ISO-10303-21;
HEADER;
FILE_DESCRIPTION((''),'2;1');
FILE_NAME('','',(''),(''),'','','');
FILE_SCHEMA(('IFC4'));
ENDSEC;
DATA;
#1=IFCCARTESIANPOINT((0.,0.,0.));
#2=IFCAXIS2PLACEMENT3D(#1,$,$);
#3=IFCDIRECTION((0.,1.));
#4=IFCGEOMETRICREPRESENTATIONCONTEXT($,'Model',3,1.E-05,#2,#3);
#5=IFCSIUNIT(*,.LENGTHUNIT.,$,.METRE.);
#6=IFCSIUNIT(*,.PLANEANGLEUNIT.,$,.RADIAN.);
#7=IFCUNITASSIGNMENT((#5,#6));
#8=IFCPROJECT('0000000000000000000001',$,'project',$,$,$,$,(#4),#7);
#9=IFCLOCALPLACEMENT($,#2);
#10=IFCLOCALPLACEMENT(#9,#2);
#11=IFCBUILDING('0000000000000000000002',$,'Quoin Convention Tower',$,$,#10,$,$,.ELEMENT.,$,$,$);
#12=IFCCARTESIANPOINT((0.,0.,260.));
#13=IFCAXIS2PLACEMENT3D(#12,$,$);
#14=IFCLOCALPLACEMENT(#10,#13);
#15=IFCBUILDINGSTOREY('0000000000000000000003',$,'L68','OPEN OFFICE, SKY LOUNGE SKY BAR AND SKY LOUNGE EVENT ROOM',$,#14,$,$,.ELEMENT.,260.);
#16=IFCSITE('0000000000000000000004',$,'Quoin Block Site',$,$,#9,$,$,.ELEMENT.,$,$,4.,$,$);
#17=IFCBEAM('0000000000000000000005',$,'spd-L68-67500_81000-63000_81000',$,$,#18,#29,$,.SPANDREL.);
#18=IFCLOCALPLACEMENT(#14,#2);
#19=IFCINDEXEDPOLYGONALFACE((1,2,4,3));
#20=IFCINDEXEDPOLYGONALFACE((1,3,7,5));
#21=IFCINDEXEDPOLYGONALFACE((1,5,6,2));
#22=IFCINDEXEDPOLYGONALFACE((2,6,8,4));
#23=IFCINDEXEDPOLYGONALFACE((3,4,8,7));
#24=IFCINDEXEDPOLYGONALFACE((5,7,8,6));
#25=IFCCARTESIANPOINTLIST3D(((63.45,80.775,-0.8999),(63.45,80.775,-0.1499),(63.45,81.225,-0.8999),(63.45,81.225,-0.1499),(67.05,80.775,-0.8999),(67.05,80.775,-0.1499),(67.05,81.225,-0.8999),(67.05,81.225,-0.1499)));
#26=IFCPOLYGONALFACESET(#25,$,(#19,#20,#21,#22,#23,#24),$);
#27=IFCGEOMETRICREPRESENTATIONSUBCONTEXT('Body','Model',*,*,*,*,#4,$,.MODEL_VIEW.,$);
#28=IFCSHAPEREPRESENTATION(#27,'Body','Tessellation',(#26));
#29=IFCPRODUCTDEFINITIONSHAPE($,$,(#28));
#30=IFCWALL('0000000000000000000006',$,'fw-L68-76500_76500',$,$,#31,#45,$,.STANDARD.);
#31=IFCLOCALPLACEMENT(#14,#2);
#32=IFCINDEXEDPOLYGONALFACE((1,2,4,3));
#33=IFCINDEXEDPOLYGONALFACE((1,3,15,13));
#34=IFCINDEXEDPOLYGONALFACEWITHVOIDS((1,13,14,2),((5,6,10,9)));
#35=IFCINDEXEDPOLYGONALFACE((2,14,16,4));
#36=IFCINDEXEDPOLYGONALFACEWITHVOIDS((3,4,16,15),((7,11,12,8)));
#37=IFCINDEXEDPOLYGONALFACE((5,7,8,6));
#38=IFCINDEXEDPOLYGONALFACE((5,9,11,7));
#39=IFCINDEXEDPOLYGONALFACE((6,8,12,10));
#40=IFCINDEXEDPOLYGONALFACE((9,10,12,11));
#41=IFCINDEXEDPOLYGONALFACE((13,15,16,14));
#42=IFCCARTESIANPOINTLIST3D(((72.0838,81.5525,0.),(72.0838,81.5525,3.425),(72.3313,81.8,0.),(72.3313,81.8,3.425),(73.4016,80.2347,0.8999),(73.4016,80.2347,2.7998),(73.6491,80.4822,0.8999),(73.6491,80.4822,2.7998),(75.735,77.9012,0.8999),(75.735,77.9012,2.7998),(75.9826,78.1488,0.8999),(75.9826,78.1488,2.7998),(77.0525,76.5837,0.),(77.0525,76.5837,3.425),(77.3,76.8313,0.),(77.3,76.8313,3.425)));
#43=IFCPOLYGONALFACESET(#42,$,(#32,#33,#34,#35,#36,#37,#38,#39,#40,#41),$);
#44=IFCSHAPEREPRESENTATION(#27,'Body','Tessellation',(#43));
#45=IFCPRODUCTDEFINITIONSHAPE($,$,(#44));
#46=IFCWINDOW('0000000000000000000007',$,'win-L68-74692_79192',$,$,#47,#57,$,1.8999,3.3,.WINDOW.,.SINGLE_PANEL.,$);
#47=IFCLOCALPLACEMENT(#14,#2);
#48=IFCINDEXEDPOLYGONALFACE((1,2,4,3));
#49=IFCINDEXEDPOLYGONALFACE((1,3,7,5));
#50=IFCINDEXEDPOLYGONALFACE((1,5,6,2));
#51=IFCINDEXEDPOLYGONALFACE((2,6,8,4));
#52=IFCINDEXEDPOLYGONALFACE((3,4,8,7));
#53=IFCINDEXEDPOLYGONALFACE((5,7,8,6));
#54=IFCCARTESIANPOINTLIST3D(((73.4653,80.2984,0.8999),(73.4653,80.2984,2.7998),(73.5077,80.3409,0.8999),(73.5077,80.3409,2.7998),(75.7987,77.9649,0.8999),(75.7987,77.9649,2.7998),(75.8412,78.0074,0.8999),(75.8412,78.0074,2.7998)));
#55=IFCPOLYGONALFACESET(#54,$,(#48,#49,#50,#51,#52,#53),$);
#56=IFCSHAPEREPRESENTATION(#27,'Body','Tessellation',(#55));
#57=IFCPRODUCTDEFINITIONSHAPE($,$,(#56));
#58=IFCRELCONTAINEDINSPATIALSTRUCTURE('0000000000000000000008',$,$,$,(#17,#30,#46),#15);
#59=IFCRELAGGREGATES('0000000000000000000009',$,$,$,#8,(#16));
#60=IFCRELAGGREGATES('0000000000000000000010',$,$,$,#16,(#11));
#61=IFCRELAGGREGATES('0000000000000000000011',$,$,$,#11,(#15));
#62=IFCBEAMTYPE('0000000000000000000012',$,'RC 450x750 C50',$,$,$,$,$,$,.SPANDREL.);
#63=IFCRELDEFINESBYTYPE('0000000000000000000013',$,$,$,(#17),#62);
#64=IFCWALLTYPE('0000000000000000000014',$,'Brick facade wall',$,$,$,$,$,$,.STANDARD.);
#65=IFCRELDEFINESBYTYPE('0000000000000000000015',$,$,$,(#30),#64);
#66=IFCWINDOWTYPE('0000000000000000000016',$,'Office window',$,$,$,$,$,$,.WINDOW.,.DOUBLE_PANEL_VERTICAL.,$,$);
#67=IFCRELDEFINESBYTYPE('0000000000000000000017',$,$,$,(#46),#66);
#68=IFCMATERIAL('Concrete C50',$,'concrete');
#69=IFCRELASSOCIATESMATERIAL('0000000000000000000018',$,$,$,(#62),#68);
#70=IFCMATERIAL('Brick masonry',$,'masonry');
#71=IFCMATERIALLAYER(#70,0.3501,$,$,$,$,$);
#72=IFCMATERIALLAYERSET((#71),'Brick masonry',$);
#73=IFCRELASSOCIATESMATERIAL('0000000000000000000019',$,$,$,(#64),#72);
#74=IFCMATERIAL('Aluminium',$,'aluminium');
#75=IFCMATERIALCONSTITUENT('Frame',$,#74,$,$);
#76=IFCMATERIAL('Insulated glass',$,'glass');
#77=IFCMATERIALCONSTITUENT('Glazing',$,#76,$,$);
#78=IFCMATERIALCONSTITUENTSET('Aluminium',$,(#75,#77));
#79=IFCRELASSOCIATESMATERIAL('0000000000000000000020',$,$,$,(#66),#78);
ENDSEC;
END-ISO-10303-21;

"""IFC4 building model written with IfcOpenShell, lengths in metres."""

from ifc_helpers import new_model, si_unit, direction, frame, frame_2d, origin, origin_2d, place, context, subcontext, project, spatial, rectangle, extrude, material, layer, layer_set, constituent, constituent_set, material_profile, profile_set, type_object, element, fill, save


model = new_model("IFC4")

# Units and contexts
model_context = context("Model", 3, precision=1e-05, world=origin(), true_north=direction((0.0, 1.0)))
body_context = subcontext(model_context, "Body", "Model", "MODEL_VIEW")
ifc_project = project(units=[si_unit("LENGTHUNIT", "METRE"), si_unit("PLANEANGLEUNIT", "RADIAN")], contexts=[model_context])

# Site, building, storey
site_placement = place(None, origin())
site = spatial("IfcSite", under=ifc_project, at=site_placement, Name="Quoin Block Site", CompositionType="ELEMENT", RefElevation=4.0)
building_placement = place(site_placement, origin())
building = spatial("IfcBuilding", under=site, at=building_placement, Name="Quoin Convention Tower", CompositionType="ELEMENT")
storey_placement = place(building_placement, frame((0.0, 0.0, 260.0)))
storey = spatial("IfcBuildingStorey", under=building, at=storey_placement, Name="L68", Description="OPEN OFFICE, SKY LOUNGE SKY BAR AND SKY LOUNGE EVENT ROOM", CompositionType="ELEMENT", Elevation=260.0)

# Shared definitions
ifc_material_1 = material(Name="Concrete C50", Category="concrete")

# Beam
ifc_material_profile_1 = material_profile(ifc_material_1, rectangle(XDim=0.45, YDim=0.75, at=origin_2d()), Name="RC 450x750")
ifc_profile_set_1 = profile_set([ifc_material_profile_1], Name="Concrete C50")
beam_type_1 = type_object("IfcBeamType", Name="RC 450x750 C50", PredefinedType="SPANDREL", material=ifc_profile_set_1)
for number, where, z_axis, x_axis, name in (
    (1, (67.05, 81.0, -0.5249), (-1.0, 0.0, 0.0), (0.0, -1.0, 0.0), "spd-L68-67500_81000-63000_81000"),
):
    element("IfcBeam", number, at=place(storey_placement, frame(where, z_axis=z_axis, x_axis=x_axis)), inside=storey, type_object=beam_type_1, Name=name, PredefinedType="SPANDREL", context=body_context, shape_type="SweptSolid", body=[
        extrude(rectangle(XDim=0.45, YDim=0.75, at=origin_2d()), origin(), (0.0, 0.0, 1.0), 3.6001),
    ])

# Wall, opening, window
ifc_material_2 = material(Name="Brick masonry", Category="masonry")
ifc_layer_1 = layer(ifc_material_2, 0.3501)
ifc_layer_set_1 = layer_set([ifc_layer_1], Name="Brick masonry")
wall_type_1 = type_object("IfcWallType", Name="Brick facade wall", PredefinedType="STANDARD", material=ifc_layer_set_1)
wall_1_placement = place(storey_placement, frame((77.1763, 76.7075, 0.0), z_axis=(0.0, 0.0, 1.0), x_axis=(-0.707107, 0.707107, 0.0)))
wall_1 = element("IfcWall", 2, at=wall_1_placement, inside=storey, type_object=wall_type_1, Name="fw-L68-76500_76500", PredefinedType="STANDARD", context=body_context, shape_type="SweptSolid", body=[
    extrude(rectangle(XDim=7.0269, YDim=0.3501, at=frame_2d((3.5134, 0.0))), origin(), (0.0, 0.0, 1.0), 3.425),
])
opening_1_placement = place(wall_1_placement, frame((1.8633, 0.0, 0.8999)))
opening_1 = element("IfcOpeningElement", 3, at=opening_1_placement, cuts=wall_1, PredefinedType="OPENING", context=body_context, shape_type="SweptSolid", body=[
    extrude(rectangle(XDim=3.3, YDim=1.8999, at=frame_2d((1.6499, 0.95))), frame((0.0, 0.1851, 0.0), z_axis=(0.0, -1.0, 0.0), x_axis=(1.0, 0.0, 0.0)), (0.0, 0.0, 1.0), 0.3701),
])
ifc_material_3 = material(Name="Aluminium", Category="aluminium")
ifc_constituent_1 = constituent(ifc_material_3, Name="Frame")
ifc_material_4 = material(Name="Insulated glass", Category="glass")
ifc_constituent_2 = constituent(ifc_material_4, Name="Glazing")
ifc_constituent_set = constituent_set(constituents=[ifc_constituent_1, ifc_constituent_2], Name="Aluminium")
window_type = type_object("IfcWindowType", Name="Office window", PartitioningType="DOUBLE_PANEL_VERTICAL", PredefinedType="WINDOW", material=ifc_constituent_set)
window_1_placement = place(opening_1_placement, origin())
window_1 = element("IfcWindow", 4, at=window_1_placement, inside=storey, type_object=window_type, Name="win-L68-74692_79192", OverallHeight=1.8999, OverallWidth=3.3, PartitioningType="SINGLE_PANEL", PredefinedType="WINDOW", context=body_context, shape_type="SweptSolid", body=[
    extrude(rectangle(XDim=3.3, YDim=1.8999, at=frame_2d((1.6499, 0.95))), frame((0.0, 0.085, 0.0), z_axis=(0.0, -1.0, 0.0), x_axis=(1.0, 0.0, 0.0)), (0.0, 0.0, 1.0), 0.0601),
])
fill(opening_1, window_1)

save(model, "model.ifc")
